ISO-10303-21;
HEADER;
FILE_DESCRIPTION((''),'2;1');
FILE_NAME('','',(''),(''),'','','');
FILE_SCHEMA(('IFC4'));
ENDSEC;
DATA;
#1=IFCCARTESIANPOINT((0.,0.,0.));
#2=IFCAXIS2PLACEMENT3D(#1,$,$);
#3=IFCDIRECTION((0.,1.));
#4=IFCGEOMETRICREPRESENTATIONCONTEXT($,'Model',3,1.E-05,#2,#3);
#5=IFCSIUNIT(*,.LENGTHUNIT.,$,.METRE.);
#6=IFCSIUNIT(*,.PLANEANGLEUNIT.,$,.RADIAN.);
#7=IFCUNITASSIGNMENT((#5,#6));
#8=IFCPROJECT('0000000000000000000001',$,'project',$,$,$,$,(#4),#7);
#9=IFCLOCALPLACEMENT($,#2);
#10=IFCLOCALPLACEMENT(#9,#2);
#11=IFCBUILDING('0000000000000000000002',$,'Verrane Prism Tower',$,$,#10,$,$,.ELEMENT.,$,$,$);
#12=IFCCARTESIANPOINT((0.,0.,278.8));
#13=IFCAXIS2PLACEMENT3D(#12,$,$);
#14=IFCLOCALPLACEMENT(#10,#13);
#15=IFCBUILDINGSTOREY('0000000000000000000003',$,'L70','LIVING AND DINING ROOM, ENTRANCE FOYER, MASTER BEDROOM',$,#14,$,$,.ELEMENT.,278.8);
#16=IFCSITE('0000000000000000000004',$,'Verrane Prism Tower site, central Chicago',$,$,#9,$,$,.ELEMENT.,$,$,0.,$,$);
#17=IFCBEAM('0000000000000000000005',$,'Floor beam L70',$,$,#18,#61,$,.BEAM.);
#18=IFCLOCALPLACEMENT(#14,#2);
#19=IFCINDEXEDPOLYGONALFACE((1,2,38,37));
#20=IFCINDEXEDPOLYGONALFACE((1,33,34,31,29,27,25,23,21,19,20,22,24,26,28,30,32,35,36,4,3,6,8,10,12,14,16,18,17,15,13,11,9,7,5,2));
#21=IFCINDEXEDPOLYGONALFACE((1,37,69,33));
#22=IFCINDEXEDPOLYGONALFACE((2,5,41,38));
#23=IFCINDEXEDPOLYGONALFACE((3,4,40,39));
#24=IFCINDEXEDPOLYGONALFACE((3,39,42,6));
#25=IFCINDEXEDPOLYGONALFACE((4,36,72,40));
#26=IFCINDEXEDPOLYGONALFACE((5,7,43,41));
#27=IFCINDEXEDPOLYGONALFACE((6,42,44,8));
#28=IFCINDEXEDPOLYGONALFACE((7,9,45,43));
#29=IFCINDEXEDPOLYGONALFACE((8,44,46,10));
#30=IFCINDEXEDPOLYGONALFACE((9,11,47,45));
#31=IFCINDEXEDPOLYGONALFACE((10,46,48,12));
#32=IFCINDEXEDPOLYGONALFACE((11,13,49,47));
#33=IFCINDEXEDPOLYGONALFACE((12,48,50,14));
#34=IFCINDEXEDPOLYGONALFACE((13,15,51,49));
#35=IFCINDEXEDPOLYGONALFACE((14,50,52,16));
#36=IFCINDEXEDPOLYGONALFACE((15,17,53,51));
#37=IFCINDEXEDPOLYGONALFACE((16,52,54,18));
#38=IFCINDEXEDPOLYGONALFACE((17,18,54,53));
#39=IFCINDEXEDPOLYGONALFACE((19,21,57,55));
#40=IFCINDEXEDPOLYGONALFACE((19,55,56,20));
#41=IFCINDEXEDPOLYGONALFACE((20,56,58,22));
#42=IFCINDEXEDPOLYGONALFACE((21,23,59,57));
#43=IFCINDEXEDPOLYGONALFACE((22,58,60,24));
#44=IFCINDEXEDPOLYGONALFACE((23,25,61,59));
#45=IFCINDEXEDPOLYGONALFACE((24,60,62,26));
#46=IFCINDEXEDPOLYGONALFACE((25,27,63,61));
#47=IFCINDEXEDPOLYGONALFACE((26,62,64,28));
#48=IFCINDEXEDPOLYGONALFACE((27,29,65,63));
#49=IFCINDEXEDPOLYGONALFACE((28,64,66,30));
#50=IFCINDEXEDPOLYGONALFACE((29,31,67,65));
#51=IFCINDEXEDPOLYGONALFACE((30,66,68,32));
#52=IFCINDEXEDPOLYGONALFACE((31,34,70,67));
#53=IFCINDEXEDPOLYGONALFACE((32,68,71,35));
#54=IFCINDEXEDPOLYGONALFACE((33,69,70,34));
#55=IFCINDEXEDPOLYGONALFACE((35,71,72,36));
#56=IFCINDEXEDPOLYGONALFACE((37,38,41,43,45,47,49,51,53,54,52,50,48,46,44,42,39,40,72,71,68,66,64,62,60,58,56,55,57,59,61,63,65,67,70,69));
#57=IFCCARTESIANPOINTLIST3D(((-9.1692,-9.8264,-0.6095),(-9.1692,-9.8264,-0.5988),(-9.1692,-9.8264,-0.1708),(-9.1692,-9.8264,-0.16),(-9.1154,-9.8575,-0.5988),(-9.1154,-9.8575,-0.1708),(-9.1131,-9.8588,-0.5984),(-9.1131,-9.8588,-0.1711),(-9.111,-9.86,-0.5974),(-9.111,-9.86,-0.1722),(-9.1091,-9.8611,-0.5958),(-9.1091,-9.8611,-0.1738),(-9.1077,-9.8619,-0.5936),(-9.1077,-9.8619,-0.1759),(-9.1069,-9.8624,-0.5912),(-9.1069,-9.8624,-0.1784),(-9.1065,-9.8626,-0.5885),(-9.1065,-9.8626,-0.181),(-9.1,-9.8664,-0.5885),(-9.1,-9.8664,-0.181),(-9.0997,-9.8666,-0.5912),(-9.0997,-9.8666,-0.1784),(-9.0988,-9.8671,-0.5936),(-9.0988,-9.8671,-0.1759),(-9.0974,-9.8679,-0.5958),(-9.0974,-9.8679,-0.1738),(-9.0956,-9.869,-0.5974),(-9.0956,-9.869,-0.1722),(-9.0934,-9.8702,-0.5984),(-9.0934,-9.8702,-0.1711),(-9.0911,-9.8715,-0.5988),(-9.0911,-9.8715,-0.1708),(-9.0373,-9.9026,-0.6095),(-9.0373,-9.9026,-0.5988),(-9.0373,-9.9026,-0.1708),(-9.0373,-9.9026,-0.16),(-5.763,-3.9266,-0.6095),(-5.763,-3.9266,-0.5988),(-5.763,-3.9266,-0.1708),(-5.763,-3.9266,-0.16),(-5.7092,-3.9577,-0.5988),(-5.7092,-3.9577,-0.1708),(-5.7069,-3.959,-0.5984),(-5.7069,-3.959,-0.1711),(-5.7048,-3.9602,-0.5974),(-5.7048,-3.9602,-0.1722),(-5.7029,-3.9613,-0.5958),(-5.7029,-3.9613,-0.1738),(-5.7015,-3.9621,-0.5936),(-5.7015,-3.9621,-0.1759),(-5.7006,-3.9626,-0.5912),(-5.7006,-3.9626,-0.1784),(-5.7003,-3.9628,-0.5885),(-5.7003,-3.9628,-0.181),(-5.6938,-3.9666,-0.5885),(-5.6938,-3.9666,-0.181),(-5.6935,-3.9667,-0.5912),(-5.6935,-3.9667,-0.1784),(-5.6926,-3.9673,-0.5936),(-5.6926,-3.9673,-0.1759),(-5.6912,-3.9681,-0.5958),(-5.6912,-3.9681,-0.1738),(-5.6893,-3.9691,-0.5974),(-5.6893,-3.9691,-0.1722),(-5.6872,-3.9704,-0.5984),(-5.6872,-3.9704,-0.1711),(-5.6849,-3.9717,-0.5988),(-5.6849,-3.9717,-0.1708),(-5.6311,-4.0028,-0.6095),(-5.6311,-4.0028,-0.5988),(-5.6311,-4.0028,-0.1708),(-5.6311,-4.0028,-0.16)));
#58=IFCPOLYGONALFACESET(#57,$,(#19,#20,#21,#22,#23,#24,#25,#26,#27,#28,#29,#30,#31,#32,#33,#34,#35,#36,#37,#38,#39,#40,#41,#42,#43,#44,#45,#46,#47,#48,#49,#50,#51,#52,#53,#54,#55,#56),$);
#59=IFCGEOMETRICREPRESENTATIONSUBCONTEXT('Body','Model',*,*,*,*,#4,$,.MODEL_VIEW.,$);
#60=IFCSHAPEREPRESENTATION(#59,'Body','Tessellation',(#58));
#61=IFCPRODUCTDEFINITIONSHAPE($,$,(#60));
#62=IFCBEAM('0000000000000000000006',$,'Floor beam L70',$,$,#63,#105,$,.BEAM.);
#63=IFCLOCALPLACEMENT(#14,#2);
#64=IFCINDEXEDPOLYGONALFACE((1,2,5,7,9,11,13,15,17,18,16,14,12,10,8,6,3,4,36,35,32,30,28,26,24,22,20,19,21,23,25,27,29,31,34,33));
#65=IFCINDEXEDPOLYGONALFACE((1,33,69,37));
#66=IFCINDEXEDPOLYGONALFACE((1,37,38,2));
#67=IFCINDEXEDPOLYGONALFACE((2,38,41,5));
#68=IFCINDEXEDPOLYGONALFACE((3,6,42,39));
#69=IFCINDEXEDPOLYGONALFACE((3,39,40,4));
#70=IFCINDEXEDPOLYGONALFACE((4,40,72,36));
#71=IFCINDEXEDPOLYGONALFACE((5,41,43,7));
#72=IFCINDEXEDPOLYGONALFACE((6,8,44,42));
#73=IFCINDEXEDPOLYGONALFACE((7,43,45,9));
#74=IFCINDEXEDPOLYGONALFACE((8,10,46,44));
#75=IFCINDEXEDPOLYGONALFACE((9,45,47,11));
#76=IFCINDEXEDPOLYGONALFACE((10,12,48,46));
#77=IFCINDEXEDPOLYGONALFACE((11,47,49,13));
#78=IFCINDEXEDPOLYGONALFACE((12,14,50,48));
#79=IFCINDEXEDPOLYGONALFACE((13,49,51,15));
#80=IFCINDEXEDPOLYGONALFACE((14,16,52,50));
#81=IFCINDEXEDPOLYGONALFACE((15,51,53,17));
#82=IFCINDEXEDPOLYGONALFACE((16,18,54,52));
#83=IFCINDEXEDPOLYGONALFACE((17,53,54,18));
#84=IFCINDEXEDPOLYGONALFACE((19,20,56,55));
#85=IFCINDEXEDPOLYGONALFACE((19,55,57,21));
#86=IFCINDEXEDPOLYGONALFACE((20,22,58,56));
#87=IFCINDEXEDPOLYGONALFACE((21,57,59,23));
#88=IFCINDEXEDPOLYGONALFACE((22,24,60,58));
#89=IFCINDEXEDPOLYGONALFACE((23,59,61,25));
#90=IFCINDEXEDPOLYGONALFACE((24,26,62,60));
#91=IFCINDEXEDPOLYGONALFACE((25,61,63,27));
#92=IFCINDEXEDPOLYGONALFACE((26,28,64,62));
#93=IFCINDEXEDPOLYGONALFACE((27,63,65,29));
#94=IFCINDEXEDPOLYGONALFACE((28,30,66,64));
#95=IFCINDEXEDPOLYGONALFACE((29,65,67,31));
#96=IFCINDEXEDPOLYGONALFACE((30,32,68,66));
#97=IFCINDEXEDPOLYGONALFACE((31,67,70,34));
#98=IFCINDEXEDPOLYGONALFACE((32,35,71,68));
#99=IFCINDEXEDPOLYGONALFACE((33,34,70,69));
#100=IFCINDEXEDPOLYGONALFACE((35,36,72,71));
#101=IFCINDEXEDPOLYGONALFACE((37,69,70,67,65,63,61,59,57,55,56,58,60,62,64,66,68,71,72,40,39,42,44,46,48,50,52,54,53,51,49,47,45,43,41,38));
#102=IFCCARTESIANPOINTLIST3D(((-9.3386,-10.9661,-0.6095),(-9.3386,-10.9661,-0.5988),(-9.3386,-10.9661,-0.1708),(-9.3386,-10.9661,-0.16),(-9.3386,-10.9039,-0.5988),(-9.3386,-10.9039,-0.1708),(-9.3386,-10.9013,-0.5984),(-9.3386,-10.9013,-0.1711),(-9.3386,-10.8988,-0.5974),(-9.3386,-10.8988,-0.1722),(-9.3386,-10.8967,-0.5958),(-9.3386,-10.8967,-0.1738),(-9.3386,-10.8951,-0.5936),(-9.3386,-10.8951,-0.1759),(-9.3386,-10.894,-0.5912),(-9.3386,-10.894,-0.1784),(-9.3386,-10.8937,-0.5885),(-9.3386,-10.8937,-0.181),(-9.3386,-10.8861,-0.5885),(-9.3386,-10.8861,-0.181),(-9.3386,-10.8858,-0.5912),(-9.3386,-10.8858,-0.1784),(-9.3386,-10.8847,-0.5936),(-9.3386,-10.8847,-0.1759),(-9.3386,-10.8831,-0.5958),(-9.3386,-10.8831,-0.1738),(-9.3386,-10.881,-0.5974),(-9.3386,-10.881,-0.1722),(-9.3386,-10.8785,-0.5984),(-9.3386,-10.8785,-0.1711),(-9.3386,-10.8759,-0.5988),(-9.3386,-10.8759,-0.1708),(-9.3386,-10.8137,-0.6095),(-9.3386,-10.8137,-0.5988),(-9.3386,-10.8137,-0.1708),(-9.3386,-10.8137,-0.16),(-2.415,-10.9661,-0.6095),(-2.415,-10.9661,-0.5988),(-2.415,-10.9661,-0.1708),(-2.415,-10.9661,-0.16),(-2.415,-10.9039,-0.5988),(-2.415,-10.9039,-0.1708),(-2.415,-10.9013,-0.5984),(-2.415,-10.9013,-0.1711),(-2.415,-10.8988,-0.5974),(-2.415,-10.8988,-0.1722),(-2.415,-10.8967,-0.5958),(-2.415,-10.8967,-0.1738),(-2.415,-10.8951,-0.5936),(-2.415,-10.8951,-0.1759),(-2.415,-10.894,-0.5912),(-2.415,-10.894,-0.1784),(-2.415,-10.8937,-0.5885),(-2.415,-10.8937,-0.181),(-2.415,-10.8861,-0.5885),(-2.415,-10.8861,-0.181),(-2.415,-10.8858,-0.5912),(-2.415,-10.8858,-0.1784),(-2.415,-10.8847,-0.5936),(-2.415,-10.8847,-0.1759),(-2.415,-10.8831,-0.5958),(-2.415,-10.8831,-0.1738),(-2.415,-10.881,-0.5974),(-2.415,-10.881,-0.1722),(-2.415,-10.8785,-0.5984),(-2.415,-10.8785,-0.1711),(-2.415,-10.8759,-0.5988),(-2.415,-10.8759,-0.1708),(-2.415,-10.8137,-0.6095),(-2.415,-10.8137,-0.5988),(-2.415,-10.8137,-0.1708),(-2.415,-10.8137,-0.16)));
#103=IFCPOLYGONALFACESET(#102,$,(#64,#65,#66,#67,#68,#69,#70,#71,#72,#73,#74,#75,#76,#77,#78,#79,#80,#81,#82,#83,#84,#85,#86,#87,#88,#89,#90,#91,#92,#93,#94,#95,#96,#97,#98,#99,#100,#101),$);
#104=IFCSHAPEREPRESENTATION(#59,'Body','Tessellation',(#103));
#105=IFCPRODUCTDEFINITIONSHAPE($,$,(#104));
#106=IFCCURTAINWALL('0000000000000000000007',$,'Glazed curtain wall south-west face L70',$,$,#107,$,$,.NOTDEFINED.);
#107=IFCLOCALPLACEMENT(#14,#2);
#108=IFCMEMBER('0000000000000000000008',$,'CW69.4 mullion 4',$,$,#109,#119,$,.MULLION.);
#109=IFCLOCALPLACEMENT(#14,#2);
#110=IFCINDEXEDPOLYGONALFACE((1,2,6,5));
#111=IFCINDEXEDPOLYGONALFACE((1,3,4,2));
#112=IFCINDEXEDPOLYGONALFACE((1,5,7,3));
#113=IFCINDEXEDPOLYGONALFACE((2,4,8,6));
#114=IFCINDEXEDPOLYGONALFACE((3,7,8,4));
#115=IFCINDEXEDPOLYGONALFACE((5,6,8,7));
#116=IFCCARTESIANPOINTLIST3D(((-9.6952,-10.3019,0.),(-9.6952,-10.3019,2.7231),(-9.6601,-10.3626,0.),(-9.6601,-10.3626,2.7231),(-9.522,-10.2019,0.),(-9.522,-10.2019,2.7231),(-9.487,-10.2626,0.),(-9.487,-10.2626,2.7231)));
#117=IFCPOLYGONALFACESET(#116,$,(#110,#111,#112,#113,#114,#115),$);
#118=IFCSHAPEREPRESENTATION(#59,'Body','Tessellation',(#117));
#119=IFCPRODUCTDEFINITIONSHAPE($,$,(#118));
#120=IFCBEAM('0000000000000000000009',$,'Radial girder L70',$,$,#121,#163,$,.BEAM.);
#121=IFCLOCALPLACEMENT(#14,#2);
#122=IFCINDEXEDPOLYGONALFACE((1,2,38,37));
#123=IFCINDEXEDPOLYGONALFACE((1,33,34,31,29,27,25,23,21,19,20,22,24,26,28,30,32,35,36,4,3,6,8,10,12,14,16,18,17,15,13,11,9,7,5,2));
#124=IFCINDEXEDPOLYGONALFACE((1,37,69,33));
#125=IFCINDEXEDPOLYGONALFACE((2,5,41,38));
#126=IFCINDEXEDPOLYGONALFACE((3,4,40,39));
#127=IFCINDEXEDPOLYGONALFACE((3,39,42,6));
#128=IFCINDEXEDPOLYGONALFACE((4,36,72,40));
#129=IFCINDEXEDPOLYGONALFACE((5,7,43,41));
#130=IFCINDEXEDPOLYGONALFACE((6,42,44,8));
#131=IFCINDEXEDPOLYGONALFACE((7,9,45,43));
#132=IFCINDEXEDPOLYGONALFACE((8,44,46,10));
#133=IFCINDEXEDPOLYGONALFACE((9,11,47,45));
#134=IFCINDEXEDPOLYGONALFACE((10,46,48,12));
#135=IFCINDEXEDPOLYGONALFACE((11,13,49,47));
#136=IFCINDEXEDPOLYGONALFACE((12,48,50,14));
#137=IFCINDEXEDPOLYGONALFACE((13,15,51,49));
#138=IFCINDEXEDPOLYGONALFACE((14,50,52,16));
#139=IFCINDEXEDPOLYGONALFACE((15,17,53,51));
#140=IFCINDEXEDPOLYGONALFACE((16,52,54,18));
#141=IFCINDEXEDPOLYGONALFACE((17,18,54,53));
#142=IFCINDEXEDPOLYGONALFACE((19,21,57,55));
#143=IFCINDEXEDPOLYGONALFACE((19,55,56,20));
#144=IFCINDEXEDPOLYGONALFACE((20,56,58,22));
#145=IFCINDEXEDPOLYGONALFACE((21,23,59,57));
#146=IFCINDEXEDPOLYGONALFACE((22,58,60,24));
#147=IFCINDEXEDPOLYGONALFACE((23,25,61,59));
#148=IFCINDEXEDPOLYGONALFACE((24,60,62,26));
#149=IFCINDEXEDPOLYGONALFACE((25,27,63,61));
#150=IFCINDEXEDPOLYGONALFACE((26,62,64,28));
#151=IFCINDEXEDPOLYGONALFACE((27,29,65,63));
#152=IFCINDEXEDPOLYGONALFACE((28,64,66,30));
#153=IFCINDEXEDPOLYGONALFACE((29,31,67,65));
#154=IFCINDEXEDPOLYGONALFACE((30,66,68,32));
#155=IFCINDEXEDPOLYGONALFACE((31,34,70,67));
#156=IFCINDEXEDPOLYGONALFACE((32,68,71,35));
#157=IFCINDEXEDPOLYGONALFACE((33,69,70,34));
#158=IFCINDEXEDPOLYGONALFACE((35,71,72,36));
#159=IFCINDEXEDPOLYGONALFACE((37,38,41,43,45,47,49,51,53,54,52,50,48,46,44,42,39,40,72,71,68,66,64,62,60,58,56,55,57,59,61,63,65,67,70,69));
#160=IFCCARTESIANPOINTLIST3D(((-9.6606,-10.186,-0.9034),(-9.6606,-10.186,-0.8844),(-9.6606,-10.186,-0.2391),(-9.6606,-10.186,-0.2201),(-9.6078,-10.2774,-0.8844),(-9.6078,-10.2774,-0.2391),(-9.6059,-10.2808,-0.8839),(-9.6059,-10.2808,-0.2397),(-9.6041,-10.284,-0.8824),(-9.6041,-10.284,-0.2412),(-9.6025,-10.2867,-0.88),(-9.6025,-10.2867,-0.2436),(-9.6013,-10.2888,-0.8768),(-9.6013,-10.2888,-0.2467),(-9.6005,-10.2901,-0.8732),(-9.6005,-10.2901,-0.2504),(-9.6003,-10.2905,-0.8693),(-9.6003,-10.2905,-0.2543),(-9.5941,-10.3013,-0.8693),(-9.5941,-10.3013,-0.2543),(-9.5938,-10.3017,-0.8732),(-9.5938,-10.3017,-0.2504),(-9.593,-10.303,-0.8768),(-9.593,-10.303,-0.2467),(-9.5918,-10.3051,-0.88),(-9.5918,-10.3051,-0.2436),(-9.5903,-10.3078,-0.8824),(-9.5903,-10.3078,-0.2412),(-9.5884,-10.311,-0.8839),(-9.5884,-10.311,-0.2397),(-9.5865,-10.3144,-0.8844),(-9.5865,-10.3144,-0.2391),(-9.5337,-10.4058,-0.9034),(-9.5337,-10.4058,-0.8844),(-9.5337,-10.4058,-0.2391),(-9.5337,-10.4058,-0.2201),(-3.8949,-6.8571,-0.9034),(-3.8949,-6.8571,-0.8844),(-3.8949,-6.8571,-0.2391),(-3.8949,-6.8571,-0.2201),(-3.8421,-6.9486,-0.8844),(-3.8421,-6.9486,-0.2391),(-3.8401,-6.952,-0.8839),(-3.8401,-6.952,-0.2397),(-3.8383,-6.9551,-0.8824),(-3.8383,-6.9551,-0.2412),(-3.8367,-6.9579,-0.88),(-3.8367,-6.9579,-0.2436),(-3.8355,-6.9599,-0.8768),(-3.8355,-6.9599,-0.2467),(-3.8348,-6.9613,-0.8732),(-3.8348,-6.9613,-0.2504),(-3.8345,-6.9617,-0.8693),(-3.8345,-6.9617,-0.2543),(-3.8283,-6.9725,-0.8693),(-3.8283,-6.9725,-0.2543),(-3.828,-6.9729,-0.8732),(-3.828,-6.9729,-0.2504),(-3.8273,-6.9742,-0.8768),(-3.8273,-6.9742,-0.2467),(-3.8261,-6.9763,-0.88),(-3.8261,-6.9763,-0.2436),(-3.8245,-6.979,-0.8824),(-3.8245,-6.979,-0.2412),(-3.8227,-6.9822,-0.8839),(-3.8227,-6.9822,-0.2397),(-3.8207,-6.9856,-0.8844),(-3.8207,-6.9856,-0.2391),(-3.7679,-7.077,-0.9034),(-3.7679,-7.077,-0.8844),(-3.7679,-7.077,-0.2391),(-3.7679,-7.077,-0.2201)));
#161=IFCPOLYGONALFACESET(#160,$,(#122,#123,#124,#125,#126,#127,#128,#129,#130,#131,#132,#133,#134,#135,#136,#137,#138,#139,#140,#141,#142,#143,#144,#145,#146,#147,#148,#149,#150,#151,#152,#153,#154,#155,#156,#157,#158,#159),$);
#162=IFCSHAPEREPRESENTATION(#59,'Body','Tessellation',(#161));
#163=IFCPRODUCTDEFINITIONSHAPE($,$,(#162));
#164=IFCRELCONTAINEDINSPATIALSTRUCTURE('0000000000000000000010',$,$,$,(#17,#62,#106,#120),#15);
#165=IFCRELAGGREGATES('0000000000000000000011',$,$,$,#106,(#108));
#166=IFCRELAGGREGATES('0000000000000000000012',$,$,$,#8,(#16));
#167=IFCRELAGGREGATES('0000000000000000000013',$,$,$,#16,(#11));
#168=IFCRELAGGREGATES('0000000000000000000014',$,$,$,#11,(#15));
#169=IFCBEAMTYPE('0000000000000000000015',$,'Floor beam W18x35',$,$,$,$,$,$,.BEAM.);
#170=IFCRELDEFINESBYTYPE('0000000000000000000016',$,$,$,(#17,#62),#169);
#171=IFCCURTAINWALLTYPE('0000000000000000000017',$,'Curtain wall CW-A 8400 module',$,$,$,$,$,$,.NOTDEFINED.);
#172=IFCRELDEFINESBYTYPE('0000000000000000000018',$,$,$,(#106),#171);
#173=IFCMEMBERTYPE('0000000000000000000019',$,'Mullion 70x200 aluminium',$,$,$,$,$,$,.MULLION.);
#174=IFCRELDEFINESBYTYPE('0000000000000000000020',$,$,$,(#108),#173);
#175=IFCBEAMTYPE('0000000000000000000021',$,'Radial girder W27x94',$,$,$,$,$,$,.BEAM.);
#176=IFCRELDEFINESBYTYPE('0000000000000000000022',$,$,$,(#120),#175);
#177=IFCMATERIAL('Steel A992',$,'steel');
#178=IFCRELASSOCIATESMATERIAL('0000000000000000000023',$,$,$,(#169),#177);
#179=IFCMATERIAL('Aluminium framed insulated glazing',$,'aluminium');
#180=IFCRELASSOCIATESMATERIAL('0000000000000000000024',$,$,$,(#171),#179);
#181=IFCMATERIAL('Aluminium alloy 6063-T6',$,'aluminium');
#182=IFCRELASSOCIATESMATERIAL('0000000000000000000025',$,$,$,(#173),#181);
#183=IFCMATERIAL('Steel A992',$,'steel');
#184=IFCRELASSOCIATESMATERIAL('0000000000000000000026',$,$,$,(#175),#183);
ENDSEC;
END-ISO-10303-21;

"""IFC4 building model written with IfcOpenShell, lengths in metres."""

from ifc_helpers import new_model, si_unit, direction, frame, origin, origin_2d, place, context, subcontext, project, spatial, rectangle, i_section, extrude, material, material_profile, profile_set, type_object, element, aggregate, save


model = new_model("IFC4")

# Units and contexts
model_context = context("Model", 3, precision=1e-05, world=origin(), true_north=direction((0.0, 1.0)))
body_context = subcontext(model_context, "Body", "Model", "MODEL_VIEW")
ifc_project = project(units=[si_unit("LENGTHUNIT", "METRE"), si_unit("PLANEANGLEUNIT", "RADIAN")], contexts=[model_context])

# Site, building, storey
site_placement = place(None, origin())
site = spatial("IfcSite", under=ifc_project, at=site_placement, Name="Verrane Prism Tower site, central Chicago", CompositionType="ELEMENT", RefElevation=0.0)
building_placement = place(site_placement, origin())
building = spatial("IfcBuilding", under=site, at=building_placement, Name="Verrane Prism Tower", CompositionType="ELEMENT")
storey_placement = place(building_placement, frame((0.0, 0.0, 278.8)))
storey = spatial("IfcBuildingStorey", under=building, at=storey_placement, Name="L70", Description="LIVING AND DINING ROOM, ENTRANCE FOYER, MASTER BEDROOM", CompositionType="ELEMENT", Elevation=278.8)

# Beams
ifc_material_1 = material(Name="Steel A992", Category="steel")
ifc_material_profile_1 = material_profile(ifc_material_1, i_section(OverallWidth=0.1523, OverallDepth=0.4495, WebThickness=0.0076, FlangeThickness=0.0107, FilletRadius=0.0103, at=origin_2d()), Name="W18x35")
ifc_profile_set_1 = profile_set([ifc_material_profile_1], Name="Steel A992")
beam_type_1 = type_object("IfcBeamType", Name="Floor beam W18x35", PredefinedType="BEAM", material=ifc_profile_set_1)
beam_1_placement = place(storey_placement, frame((-9.1033, -9.8645, -0.3848), z_axis=(0.499993, 0.866029, 0.0), x_axis=(-0.866029, 0.499993, 0.0)))
element("IfcBeam", 1, at=beam_1_placement, inside=storey, type_object=beam_type_1, Name="Floor beam L70", PredefinedType="BEAM", context=body_context, shape_type="SweptSolid", body=[
    extrude(i_section(OverallWidth=0.1523, OverallDepth=0.4495, WebThickness=0.0076, FlangeThickness=0.0107, FilletRadius=0.0103, at=origin_2d()), origin(), (0.0, 0.0, 1.0), 6.8125),
])
beam_2_placement = place(storey_placement, frame((-9.3386, -10.8899, -0.3848), z_axis=(1.0, 0.0, 0.0), x_axis=(0.0, 1.0, 0.0)))
element("IfcBeam", 2, at=beam_2_placement, inside=storey, type_object=beam_type_1, Name="Floor beam L70", PredefinedType="BEAM", context=body_context, shape_type="SweptSolid", body=[
    extrude(i_section(OverallWidth=0.1523, OverallDepth=0.4495, WebThickness=0.0076, FlangeThickness=0.0107, FilletRadius=0.0103, at=origin_2d()), origin(), (0.0, 0.0, 1.0), 6.9236),
])

# Curtain wall, member
ifc_material_2 = material(Name="Aluminium framed insulated glazing", Category="aluminium")
curtain_wall_type = type_object("IfcCurtainWallType", Name="Curtain wall CW-A 8400 module", PredefinedType="NOTDEFINED", material=ifc_material_2)
curtain_wall_placement = place(storey_placement, origin())
curtain_wall = element("IfcCurtainWall", 3, at=curtain_wall_placement, inside=storey, type_object=curtain_wall_type, Name="Glazed curtain wall south-west face L70", PredefinedType="NOTDEFINED")
ifc_material_3 = material(Name="Aluminium alloy 6063-T6", Category="aluminium")
ifc_material_profile_2 = material_profile(ifc_material_3, rectangle(XDim=0.2, YDim=0.0701, at=origin_2d()), Name="Mullion 70x200 aluminium")
ifc_profile_set_2 = profile_set([ifc_material_profile_2], Name="Aluminium alloy 6063-T6")
member_type_1 = type_object("IfcMemberType", Name="Mullion 70x200 aluminium", PredefinedType="MULLION", material=ifc_profile_set_2)
member_1_placement = place(storey_placement, frame((-9.5911, -10.2822, 0.0), z_axis=(0.0, 0.0, 1.0), x_axis=(0.866025, 0.500001, 0.0)))
member_1 = element("IfcMember", 4, at=member_1_placement, type_object=member_type_1, Name="CW69.4 mullion 4", PredefinedType="MULLION", context=body_context, shape_type="SweptSolid", body=[
    extrude(rectangle(XDim=0.2, YDim=0.0701, at=origin_2d()), origin(), (0.0, 0.0, 1.0), 2.7231),
])

# Beam
ifc_material_4 = material(Name="Steel A992", Category="steel")
ifc_material_profile_3 = material_profile(ifc_material_4, i_section(OverallWidth=0.2539, OverallDepth=0.6833, WebThickness=0.0125, FlangeThickness=0.019, FilletRadius=0.0151, at=origin_2d()), Name="W27x94")
ifc_profile_set_3 = profile_set([ifc_material_profile_3], Name="Steel A992")
beam_type_2 = type_object("IfcBeamType", Name="Radial girder W27x94", PredefinedType="BEAM", material=ifc_profile_set_3)
beam_3_placement = place(storey_placement, frame((-9.5972, -10.2959, -0.5618), z_axis=(0.86603, 0.499992, 0.0), x_axis=(-0.499992, 0.86603, 0.0)))
element("IfcBeam", 5, at=beam_3_placement, inside=storey, type_object=beam_type_2, Name="Radial girder L70", PredefinedType="BEAM", context=body_context, shape_type="SweptSolid", body=[
    extrude(i_section(OverallWidth=0.2539, OverallDepth=0.6833, WebThickness=0.0125, FlangeThickness=0.019, FilletRadius=0.0151, at=origin_2d()), origin(), (0.0, 0.0, 1.0), 6.6577),
])

aggregate(curtain_wall, [member_1])

save(model, "model.ifc")
